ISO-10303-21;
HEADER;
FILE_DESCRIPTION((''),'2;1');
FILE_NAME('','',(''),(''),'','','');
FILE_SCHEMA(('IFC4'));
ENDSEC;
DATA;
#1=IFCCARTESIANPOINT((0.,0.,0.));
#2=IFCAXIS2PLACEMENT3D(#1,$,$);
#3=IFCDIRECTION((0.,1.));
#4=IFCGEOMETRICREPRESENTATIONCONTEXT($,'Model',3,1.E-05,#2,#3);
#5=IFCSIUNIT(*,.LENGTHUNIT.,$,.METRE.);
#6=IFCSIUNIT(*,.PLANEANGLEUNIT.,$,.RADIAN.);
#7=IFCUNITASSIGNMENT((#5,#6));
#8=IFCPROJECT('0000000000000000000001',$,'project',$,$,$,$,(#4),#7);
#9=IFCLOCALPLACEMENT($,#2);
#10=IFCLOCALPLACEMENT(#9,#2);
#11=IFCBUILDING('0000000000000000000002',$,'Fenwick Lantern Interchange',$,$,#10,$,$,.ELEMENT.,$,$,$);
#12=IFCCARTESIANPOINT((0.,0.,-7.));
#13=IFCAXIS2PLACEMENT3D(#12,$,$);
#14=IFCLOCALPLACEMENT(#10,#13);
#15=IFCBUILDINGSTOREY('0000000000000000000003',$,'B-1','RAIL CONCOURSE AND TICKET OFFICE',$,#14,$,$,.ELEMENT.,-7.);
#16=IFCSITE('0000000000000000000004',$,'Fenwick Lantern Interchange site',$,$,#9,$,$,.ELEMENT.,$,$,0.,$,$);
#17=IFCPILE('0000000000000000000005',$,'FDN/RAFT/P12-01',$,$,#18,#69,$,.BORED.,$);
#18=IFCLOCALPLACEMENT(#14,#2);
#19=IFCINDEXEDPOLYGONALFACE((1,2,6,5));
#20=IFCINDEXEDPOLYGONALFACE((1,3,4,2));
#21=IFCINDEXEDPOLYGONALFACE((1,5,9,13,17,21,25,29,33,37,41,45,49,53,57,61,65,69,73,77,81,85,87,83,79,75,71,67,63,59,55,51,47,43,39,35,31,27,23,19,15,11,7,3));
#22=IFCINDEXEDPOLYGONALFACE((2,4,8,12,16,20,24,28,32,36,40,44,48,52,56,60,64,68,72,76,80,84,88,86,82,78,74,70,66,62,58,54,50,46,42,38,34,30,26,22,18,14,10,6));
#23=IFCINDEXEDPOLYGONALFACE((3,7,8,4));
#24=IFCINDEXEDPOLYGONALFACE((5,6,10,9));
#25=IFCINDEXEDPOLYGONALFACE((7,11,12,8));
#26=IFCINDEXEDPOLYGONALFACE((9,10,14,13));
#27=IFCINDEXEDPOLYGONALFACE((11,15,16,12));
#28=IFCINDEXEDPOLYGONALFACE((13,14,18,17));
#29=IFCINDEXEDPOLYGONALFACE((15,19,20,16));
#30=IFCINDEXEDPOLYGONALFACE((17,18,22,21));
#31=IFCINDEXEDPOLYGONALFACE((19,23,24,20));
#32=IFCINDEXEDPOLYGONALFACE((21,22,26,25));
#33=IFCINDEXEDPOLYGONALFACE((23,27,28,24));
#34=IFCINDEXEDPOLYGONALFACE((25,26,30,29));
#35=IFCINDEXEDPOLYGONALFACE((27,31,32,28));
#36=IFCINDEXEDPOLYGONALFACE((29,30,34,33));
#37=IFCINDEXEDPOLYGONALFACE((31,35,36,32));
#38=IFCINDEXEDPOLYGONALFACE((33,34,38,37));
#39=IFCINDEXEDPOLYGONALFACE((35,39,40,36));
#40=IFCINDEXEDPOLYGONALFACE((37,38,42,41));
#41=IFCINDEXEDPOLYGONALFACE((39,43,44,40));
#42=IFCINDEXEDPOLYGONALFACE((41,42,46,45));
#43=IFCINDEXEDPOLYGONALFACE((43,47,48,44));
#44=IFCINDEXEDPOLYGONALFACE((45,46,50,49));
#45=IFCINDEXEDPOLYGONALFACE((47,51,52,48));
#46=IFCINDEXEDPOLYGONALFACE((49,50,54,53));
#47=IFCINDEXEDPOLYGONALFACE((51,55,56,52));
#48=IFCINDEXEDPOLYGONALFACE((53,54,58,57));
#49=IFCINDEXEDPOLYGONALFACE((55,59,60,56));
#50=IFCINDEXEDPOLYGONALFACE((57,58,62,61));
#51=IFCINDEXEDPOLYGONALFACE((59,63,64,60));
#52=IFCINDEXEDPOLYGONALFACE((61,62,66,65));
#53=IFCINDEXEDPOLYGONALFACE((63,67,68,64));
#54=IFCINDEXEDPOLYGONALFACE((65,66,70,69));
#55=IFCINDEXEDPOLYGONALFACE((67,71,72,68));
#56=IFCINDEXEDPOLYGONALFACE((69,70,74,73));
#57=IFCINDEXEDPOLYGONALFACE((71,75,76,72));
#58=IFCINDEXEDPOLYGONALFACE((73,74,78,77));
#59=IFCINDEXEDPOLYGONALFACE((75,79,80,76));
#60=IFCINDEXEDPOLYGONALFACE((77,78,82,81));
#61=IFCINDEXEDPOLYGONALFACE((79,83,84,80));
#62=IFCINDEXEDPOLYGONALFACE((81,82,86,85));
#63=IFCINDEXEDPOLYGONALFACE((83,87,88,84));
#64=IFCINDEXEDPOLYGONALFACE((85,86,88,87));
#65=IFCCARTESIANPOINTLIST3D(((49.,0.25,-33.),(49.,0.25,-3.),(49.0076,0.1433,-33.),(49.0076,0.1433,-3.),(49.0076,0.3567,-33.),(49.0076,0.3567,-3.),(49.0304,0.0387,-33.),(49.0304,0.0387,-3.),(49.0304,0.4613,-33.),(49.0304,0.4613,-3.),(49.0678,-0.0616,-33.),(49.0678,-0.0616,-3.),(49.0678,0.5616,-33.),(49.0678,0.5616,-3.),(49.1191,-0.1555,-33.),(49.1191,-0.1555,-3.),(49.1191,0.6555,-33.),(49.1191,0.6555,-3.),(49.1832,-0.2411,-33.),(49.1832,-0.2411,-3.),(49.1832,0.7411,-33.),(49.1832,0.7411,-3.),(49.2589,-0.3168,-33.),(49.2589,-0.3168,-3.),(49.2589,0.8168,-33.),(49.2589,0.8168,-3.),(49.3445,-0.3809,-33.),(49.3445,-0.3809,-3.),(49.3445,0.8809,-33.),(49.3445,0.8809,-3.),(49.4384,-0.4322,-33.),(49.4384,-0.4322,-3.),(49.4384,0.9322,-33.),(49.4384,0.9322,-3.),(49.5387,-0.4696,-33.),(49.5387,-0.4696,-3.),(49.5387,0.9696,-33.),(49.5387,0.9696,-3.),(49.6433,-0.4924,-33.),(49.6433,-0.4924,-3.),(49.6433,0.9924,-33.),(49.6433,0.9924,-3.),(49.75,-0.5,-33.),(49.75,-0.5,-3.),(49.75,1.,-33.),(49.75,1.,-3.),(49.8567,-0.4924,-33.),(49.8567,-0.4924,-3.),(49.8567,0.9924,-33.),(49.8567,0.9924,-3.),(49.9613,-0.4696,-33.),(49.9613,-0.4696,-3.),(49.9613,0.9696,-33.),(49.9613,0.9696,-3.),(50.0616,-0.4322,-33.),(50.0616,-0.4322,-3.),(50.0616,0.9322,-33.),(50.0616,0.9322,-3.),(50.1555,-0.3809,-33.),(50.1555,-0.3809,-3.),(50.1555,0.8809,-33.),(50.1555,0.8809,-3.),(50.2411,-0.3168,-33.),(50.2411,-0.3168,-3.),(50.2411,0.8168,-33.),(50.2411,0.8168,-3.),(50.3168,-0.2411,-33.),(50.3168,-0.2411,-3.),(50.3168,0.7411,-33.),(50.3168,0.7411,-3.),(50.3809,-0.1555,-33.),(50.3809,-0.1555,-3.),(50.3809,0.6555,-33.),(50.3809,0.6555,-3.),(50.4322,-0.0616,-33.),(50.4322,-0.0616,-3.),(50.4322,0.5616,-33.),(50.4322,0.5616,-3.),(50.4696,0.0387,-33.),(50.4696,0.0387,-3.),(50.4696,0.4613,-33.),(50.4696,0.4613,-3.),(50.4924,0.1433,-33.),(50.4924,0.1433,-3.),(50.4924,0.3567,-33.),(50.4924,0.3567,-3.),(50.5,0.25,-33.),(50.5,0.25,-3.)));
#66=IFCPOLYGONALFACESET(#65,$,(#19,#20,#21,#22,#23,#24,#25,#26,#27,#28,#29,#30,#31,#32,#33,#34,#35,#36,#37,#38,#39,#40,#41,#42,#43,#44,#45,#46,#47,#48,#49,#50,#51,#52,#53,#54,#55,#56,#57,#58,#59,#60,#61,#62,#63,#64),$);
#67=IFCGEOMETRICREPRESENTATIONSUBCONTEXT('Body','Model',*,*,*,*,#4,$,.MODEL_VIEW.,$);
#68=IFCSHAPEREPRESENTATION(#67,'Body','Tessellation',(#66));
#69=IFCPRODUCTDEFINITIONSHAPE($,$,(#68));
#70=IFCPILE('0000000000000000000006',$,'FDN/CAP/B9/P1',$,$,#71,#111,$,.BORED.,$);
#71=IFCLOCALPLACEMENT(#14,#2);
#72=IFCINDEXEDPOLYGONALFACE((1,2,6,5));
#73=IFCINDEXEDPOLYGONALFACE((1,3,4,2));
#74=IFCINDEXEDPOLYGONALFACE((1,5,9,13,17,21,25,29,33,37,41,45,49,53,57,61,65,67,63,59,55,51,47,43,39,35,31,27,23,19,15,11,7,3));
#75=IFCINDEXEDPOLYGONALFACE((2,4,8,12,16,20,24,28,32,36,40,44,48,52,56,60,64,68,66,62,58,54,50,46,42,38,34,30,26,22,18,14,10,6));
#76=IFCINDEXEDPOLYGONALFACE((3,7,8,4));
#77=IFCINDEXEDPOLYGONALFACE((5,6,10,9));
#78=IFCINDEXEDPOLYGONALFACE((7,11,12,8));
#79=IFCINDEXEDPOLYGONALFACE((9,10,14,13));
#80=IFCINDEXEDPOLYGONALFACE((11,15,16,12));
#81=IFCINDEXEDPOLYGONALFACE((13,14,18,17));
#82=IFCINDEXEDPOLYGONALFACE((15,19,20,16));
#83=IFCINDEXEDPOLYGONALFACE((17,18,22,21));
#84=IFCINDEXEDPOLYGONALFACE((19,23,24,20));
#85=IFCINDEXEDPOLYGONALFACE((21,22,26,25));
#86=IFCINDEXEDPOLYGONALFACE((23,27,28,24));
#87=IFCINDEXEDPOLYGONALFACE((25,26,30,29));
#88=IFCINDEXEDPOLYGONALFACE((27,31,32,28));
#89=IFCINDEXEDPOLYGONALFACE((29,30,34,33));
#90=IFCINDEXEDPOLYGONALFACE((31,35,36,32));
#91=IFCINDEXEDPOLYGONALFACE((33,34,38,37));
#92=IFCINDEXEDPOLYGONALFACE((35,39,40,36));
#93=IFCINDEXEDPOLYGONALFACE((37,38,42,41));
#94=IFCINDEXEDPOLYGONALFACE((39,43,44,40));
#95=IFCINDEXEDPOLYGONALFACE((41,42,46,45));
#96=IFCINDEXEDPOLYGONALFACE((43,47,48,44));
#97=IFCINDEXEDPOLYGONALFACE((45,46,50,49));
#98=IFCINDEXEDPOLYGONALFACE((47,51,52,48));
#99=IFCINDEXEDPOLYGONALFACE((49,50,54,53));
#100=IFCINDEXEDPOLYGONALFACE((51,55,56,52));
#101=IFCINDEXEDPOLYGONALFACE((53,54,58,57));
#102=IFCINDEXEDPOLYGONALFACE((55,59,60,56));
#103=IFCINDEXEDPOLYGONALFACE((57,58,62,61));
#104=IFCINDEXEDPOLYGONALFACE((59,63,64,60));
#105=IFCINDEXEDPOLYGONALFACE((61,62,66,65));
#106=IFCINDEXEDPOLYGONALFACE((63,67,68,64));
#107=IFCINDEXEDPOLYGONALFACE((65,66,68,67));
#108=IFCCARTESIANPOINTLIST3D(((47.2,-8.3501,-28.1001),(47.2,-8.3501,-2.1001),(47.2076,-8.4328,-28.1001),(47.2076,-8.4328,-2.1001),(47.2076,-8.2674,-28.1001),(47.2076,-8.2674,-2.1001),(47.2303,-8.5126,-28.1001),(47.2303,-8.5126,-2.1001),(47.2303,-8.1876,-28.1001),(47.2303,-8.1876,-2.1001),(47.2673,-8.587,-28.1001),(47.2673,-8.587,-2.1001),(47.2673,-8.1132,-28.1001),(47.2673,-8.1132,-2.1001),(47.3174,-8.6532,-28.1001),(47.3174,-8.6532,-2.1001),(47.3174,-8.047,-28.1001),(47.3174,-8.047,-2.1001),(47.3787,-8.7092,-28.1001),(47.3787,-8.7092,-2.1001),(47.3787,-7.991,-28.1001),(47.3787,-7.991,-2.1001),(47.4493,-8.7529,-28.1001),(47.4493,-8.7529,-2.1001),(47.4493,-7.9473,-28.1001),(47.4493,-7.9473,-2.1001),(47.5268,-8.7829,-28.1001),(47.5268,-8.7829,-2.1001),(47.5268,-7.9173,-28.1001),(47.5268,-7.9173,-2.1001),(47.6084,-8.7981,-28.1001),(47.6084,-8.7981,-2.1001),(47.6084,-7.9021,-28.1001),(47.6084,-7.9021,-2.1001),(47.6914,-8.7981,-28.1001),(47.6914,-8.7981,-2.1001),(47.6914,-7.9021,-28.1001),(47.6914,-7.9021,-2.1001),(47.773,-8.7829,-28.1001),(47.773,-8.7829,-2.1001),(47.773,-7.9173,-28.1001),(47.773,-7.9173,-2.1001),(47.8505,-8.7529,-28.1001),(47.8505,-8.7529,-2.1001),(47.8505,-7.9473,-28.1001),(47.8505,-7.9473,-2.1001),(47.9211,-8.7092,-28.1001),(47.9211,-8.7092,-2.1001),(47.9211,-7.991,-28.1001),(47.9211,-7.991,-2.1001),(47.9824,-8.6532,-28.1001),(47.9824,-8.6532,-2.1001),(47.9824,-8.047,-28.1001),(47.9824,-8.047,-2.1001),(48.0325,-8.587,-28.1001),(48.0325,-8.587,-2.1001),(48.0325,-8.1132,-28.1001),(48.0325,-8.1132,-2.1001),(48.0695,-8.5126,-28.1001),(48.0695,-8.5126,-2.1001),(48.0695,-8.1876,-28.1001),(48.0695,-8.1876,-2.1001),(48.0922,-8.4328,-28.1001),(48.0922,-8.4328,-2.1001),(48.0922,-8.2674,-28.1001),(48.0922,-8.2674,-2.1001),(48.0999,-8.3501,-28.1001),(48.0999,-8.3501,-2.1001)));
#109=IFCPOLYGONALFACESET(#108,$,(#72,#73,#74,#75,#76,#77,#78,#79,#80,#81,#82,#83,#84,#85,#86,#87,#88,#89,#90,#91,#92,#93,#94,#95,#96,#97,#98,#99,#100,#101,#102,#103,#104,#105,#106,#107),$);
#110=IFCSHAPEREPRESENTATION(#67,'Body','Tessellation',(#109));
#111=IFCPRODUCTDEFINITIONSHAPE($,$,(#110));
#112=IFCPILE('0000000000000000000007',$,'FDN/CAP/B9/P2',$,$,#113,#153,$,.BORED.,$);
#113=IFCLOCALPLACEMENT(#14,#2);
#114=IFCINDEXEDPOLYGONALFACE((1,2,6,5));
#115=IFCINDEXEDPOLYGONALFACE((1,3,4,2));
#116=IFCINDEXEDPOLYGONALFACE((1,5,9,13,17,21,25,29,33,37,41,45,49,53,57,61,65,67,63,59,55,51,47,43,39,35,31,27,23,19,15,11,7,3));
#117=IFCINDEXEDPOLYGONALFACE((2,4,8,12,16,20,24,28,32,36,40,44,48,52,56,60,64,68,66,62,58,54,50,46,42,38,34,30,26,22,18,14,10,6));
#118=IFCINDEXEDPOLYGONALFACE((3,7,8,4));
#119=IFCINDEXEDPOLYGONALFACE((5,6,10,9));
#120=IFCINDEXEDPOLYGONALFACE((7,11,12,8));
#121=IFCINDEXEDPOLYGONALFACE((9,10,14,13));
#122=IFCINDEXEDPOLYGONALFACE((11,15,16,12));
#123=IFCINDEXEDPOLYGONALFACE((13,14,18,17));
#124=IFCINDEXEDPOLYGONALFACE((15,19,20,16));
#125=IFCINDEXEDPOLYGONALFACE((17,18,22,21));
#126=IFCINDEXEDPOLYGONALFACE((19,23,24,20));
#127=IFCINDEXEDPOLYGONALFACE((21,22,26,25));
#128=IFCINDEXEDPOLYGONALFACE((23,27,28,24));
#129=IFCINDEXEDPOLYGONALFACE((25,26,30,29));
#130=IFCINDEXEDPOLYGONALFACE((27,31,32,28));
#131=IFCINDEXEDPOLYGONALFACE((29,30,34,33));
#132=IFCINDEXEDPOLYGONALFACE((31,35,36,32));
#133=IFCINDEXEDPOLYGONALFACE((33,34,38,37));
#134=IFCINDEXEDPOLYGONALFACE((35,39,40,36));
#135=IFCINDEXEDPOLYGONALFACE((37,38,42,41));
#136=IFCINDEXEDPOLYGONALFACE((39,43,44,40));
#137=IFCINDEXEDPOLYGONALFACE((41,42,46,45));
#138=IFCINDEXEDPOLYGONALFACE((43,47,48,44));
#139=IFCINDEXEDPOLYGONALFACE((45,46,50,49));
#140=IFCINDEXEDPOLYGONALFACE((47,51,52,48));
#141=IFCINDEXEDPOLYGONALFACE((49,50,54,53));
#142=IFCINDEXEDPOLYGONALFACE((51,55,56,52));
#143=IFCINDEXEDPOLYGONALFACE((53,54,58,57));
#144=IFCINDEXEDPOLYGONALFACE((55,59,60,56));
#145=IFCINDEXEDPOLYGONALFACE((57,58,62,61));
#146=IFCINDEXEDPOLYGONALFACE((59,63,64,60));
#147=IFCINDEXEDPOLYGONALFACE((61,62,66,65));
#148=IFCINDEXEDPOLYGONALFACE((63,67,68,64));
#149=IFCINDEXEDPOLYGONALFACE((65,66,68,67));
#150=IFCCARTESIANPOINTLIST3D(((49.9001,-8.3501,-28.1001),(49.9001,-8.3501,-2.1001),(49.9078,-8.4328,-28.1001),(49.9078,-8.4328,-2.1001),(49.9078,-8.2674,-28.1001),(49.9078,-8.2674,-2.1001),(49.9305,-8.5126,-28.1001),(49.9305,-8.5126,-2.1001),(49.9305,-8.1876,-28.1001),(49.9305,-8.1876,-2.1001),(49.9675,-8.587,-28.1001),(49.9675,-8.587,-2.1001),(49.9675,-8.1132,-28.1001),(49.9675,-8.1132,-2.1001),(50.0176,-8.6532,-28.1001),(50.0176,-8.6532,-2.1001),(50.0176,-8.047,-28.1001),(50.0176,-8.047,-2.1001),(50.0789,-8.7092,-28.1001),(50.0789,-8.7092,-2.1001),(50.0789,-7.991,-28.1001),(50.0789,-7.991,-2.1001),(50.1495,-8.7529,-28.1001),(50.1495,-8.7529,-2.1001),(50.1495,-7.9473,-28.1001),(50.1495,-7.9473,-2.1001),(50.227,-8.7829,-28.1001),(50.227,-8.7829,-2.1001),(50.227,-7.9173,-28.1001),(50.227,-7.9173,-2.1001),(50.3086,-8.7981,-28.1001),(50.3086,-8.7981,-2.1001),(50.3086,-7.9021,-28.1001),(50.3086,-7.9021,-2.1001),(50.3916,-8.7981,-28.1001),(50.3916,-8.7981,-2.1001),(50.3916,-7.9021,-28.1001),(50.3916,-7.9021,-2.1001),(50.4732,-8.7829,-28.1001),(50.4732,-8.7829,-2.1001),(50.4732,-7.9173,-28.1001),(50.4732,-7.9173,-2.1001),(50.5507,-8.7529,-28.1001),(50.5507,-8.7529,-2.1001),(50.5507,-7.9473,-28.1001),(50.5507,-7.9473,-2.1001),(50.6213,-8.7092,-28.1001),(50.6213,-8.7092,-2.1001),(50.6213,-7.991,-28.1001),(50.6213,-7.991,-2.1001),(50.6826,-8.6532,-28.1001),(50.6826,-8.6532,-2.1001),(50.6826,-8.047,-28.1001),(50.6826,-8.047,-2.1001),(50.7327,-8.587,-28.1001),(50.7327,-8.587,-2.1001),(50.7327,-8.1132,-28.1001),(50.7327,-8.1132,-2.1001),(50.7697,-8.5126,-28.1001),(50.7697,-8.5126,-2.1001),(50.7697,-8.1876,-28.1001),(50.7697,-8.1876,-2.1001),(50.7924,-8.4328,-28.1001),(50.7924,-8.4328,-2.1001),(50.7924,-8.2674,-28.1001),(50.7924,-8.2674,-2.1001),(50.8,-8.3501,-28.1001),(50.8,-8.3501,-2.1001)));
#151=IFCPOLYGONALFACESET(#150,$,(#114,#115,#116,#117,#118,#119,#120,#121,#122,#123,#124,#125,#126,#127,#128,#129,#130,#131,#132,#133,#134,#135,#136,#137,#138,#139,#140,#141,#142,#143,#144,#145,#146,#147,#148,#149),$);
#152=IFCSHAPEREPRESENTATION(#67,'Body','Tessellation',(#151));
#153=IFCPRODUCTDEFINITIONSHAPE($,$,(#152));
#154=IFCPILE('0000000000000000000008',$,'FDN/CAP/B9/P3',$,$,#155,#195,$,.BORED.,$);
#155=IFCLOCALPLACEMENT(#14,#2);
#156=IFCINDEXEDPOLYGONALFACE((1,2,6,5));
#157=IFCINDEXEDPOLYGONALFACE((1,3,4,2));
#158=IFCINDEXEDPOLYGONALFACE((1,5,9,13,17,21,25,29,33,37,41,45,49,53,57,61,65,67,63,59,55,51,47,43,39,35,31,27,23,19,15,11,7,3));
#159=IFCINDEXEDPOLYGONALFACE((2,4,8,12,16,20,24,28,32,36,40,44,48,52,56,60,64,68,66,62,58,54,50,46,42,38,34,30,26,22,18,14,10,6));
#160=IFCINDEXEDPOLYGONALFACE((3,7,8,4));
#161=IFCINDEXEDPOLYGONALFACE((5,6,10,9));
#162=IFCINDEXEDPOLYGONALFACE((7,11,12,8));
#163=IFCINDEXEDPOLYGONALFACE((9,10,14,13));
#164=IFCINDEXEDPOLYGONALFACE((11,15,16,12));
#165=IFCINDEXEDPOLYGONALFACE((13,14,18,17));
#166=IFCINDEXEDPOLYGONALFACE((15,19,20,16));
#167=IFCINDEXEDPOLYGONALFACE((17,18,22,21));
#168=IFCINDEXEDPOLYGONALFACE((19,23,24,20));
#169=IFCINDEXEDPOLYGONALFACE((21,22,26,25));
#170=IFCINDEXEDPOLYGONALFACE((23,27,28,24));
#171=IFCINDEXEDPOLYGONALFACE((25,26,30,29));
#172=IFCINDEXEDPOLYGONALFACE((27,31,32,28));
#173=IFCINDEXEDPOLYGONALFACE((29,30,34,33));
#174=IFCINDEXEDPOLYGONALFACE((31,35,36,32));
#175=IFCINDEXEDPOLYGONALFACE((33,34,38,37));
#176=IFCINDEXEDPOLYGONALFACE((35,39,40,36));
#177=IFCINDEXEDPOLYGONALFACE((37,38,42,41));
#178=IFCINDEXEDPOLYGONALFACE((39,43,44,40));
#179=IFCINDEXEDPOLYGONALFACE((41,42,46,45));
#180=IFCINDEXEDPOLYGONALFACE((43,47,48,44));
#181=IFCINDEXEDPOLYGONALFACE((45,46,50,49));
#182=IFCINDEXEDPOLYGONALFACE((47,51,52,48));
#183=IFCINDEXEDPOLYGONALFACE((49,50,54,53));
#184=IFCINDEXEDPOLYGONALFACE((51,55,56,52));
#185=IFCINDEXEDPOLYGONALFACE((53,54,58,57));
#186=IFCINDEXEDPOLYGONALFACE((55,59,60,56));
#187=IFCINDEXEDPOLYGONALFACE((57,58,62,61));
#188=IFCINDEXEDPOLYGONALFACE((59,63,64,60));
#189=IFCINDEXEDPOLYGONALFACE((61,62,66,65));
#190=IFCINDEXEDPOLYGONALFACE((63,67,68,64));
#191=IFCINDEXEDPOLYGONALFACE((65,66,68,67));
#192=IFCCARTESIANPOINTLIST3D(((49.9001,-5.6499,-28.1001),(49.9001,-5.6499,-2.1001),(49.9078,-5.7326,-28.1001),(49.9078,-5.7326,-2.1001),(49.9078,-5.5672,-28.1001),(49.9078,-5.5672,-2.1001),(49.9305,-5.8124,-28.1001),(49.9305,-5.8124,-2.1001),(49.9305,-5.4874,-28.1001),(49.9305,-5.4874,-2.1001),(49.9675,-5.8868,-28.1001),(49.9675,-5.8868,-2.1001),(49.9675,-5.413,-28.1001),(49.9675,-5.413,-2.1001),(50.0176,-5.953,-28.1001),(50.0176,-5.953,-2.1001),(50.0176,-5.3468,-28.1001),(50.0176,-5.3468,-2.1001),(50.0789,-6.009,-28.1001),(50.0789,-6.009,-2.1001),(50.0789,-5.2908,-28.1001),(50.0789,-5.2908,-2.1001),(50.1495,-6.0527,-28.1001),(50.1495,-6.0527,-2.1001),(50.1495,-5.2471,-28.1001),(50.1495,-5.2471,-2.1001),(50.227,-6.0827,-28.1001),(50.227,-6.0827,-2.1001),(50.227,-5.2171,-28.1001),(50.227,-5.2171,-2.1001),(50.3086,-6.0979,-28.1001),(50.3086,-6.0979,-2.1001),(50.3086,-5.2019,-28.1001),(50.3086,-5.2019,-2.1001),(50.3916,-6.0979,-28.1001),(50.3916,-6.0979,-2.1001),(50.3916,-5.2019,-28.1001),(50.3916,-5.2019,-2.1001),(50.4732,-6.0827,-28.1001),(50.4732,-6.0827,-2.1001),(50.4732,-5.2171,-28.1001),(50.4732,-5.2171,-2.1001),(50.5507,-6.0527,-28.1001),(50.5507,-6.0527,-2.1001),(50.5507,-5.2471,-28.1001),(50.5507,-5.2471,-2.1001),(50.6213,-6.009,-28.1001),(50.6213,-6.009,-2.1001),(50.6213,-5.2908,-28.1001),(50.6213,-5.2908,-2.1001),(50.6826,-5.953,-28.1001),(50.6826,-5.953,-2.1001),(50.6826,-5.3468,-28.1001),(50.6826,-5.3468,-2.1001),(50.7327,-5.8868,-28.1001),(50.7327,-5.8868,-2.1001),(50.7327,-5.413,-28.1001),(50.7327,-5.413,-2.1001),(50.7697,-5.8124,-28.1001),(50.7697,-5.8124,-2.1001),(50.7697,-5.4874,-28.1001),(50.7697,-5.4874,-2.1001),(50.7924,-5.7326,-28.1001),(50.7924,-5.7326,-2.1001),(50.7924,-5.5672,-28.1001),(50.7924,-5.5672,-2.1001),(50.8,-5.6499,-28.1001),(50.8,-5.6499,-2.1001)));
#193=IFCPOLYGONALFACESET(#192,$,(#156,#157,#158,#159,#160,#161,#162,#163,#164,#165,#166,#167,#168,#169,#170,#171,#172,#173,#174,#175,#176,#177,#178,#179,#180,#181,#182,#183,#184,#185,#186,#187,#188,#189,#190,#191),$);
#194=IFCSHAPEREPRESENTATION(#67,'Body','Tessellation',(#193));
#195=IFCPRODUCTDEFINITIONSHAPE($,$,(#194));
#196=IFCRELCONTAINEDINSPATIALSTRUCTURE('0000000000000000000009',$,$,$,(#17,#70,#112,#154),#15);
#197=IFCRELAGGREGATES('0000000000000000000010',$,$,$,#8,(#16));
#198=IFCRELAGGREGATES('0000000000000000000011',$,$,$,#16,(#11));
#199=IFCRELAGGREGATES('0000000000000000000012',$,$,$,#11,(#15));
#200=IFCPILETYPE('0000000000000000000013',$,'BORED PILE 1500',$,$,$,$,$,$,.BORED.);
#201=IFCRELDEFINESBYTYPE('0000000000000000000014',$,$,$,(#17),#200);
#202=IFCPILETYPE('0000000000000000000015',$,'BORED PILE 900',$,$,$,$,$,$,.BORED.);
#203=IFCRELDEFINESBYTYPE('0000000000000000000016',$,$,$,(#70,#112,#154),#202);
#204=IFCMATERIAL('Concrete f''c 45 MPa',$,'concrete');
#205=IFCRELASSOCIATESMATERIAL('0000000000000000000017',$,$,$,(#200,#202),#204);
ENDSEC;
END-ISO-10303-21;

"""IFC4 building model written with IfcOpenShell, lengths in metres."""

from ifc_helpers import new_model, si_unit, direction, frame, origin, origin_2d, place, context, subcontext, project, spatial, circle, extrude, material, type_object, element, save


model = new_model("IFC4")

# Units and contexts
model_context = context("Model", 3, precision=1e-05, world=origin(), true_north=direction((0.0, 1.0)))
body_context = subcontext(model_context, "Body", "Model", "MODEL_VIEW")
ifc_project = project(units=[si_unit("LENGTHUNIT", "METRE"), si_unit("PLANEANGLEUNIT", "RADIAN")], contexts=[model_context])

# Site, building, storey
site_placement = place(None, origin())
site = spatial("IfcSite", under=ifc_project, at=site_placement, Name="Fenwick Lantern Interchange site", CompositionType="ELEMENT", RefElevation=0.0)
building_placement = place(site_placement, origin())
building = spatial("IfcBuilding", under=site, at=building_placement, Name="Fenwick Lantern Interchange", CompositionType="ELEMENT")
storey_placement = place(building_placement, frame((0.0, 0.0, -7.0)))
storey = spatial("IfcBuildingStorey", under=building, at=storey_placement, Name="B-1", Description="RAIL CONCOURSE AND TICKET OFFICE", CompositionType="ELEMENT", Elevation=-7.0)

# Piles
ifc_material_1 = material(Name="Concrete f'c 45 MPa", Category="concrete")
pile_type_1 = type_object("IfcPileType", Name="BORED PILE 1500", PredefinedType="BORED", material=ifc_material_1)
pile_placement = place(storey_placement, frame((49.75, 0.25, -3.0), z_axis=(0.0, 0.0, -1.0), x_axis=(1.0, 0.0, 0.0)))
element("IfcPile", 1, at=pile_placement, inside=storey, type_object=pile_type_1, Name="FDN/RAFT/P12-01", PredefinedType="BORED", context=body_context, shape_type="SweptSolid", body=[
    extrude(circle(Radius=0.75, at=origin_2d()), origin(), (0.0, 0.0, 1.0), 30.0),
])
pile_type_2 = type_object("IfcPileType", Name="BORED PILE 900", PredefinedType="BORED", material=ifc_material_1)
for number, where, z_axis, x_axis, name in (
    (2, (47.6499, -8.3501, -2.1001), (0.0, 0.0, -1.0), (1.0, 0.0, 0.0), "FDN/CAP/B9/P1"),
    (3, (50.3501, -8.3501, -2.1001), (0.0, 0.0, -1.0), (1.0, 0.0, 0.0), "FDN/CAP/B9/P2"),
    (4, (50.3501, -5.6499, -2.1001), (0.0, 0.0, -1.0), (1.0, 0.0, 0.0), "FDN/CAP/B9/P3"),
):
    element("IfcPile", number, at=place(storey_placement, frame(where, z_axis=z_axis, x_axis=x_axis)), inside=storey, type_object=pile_type_2, Name=name, PredefinedType="BORED", context=body_context, shape_type="SweptSolid", body=[
        extrude(circle(Radius=0.45, at=origin_2d()), origin(), (0.0, 0.0, 1.0), 26.0),
    ])

save(model, "model.ifc")
